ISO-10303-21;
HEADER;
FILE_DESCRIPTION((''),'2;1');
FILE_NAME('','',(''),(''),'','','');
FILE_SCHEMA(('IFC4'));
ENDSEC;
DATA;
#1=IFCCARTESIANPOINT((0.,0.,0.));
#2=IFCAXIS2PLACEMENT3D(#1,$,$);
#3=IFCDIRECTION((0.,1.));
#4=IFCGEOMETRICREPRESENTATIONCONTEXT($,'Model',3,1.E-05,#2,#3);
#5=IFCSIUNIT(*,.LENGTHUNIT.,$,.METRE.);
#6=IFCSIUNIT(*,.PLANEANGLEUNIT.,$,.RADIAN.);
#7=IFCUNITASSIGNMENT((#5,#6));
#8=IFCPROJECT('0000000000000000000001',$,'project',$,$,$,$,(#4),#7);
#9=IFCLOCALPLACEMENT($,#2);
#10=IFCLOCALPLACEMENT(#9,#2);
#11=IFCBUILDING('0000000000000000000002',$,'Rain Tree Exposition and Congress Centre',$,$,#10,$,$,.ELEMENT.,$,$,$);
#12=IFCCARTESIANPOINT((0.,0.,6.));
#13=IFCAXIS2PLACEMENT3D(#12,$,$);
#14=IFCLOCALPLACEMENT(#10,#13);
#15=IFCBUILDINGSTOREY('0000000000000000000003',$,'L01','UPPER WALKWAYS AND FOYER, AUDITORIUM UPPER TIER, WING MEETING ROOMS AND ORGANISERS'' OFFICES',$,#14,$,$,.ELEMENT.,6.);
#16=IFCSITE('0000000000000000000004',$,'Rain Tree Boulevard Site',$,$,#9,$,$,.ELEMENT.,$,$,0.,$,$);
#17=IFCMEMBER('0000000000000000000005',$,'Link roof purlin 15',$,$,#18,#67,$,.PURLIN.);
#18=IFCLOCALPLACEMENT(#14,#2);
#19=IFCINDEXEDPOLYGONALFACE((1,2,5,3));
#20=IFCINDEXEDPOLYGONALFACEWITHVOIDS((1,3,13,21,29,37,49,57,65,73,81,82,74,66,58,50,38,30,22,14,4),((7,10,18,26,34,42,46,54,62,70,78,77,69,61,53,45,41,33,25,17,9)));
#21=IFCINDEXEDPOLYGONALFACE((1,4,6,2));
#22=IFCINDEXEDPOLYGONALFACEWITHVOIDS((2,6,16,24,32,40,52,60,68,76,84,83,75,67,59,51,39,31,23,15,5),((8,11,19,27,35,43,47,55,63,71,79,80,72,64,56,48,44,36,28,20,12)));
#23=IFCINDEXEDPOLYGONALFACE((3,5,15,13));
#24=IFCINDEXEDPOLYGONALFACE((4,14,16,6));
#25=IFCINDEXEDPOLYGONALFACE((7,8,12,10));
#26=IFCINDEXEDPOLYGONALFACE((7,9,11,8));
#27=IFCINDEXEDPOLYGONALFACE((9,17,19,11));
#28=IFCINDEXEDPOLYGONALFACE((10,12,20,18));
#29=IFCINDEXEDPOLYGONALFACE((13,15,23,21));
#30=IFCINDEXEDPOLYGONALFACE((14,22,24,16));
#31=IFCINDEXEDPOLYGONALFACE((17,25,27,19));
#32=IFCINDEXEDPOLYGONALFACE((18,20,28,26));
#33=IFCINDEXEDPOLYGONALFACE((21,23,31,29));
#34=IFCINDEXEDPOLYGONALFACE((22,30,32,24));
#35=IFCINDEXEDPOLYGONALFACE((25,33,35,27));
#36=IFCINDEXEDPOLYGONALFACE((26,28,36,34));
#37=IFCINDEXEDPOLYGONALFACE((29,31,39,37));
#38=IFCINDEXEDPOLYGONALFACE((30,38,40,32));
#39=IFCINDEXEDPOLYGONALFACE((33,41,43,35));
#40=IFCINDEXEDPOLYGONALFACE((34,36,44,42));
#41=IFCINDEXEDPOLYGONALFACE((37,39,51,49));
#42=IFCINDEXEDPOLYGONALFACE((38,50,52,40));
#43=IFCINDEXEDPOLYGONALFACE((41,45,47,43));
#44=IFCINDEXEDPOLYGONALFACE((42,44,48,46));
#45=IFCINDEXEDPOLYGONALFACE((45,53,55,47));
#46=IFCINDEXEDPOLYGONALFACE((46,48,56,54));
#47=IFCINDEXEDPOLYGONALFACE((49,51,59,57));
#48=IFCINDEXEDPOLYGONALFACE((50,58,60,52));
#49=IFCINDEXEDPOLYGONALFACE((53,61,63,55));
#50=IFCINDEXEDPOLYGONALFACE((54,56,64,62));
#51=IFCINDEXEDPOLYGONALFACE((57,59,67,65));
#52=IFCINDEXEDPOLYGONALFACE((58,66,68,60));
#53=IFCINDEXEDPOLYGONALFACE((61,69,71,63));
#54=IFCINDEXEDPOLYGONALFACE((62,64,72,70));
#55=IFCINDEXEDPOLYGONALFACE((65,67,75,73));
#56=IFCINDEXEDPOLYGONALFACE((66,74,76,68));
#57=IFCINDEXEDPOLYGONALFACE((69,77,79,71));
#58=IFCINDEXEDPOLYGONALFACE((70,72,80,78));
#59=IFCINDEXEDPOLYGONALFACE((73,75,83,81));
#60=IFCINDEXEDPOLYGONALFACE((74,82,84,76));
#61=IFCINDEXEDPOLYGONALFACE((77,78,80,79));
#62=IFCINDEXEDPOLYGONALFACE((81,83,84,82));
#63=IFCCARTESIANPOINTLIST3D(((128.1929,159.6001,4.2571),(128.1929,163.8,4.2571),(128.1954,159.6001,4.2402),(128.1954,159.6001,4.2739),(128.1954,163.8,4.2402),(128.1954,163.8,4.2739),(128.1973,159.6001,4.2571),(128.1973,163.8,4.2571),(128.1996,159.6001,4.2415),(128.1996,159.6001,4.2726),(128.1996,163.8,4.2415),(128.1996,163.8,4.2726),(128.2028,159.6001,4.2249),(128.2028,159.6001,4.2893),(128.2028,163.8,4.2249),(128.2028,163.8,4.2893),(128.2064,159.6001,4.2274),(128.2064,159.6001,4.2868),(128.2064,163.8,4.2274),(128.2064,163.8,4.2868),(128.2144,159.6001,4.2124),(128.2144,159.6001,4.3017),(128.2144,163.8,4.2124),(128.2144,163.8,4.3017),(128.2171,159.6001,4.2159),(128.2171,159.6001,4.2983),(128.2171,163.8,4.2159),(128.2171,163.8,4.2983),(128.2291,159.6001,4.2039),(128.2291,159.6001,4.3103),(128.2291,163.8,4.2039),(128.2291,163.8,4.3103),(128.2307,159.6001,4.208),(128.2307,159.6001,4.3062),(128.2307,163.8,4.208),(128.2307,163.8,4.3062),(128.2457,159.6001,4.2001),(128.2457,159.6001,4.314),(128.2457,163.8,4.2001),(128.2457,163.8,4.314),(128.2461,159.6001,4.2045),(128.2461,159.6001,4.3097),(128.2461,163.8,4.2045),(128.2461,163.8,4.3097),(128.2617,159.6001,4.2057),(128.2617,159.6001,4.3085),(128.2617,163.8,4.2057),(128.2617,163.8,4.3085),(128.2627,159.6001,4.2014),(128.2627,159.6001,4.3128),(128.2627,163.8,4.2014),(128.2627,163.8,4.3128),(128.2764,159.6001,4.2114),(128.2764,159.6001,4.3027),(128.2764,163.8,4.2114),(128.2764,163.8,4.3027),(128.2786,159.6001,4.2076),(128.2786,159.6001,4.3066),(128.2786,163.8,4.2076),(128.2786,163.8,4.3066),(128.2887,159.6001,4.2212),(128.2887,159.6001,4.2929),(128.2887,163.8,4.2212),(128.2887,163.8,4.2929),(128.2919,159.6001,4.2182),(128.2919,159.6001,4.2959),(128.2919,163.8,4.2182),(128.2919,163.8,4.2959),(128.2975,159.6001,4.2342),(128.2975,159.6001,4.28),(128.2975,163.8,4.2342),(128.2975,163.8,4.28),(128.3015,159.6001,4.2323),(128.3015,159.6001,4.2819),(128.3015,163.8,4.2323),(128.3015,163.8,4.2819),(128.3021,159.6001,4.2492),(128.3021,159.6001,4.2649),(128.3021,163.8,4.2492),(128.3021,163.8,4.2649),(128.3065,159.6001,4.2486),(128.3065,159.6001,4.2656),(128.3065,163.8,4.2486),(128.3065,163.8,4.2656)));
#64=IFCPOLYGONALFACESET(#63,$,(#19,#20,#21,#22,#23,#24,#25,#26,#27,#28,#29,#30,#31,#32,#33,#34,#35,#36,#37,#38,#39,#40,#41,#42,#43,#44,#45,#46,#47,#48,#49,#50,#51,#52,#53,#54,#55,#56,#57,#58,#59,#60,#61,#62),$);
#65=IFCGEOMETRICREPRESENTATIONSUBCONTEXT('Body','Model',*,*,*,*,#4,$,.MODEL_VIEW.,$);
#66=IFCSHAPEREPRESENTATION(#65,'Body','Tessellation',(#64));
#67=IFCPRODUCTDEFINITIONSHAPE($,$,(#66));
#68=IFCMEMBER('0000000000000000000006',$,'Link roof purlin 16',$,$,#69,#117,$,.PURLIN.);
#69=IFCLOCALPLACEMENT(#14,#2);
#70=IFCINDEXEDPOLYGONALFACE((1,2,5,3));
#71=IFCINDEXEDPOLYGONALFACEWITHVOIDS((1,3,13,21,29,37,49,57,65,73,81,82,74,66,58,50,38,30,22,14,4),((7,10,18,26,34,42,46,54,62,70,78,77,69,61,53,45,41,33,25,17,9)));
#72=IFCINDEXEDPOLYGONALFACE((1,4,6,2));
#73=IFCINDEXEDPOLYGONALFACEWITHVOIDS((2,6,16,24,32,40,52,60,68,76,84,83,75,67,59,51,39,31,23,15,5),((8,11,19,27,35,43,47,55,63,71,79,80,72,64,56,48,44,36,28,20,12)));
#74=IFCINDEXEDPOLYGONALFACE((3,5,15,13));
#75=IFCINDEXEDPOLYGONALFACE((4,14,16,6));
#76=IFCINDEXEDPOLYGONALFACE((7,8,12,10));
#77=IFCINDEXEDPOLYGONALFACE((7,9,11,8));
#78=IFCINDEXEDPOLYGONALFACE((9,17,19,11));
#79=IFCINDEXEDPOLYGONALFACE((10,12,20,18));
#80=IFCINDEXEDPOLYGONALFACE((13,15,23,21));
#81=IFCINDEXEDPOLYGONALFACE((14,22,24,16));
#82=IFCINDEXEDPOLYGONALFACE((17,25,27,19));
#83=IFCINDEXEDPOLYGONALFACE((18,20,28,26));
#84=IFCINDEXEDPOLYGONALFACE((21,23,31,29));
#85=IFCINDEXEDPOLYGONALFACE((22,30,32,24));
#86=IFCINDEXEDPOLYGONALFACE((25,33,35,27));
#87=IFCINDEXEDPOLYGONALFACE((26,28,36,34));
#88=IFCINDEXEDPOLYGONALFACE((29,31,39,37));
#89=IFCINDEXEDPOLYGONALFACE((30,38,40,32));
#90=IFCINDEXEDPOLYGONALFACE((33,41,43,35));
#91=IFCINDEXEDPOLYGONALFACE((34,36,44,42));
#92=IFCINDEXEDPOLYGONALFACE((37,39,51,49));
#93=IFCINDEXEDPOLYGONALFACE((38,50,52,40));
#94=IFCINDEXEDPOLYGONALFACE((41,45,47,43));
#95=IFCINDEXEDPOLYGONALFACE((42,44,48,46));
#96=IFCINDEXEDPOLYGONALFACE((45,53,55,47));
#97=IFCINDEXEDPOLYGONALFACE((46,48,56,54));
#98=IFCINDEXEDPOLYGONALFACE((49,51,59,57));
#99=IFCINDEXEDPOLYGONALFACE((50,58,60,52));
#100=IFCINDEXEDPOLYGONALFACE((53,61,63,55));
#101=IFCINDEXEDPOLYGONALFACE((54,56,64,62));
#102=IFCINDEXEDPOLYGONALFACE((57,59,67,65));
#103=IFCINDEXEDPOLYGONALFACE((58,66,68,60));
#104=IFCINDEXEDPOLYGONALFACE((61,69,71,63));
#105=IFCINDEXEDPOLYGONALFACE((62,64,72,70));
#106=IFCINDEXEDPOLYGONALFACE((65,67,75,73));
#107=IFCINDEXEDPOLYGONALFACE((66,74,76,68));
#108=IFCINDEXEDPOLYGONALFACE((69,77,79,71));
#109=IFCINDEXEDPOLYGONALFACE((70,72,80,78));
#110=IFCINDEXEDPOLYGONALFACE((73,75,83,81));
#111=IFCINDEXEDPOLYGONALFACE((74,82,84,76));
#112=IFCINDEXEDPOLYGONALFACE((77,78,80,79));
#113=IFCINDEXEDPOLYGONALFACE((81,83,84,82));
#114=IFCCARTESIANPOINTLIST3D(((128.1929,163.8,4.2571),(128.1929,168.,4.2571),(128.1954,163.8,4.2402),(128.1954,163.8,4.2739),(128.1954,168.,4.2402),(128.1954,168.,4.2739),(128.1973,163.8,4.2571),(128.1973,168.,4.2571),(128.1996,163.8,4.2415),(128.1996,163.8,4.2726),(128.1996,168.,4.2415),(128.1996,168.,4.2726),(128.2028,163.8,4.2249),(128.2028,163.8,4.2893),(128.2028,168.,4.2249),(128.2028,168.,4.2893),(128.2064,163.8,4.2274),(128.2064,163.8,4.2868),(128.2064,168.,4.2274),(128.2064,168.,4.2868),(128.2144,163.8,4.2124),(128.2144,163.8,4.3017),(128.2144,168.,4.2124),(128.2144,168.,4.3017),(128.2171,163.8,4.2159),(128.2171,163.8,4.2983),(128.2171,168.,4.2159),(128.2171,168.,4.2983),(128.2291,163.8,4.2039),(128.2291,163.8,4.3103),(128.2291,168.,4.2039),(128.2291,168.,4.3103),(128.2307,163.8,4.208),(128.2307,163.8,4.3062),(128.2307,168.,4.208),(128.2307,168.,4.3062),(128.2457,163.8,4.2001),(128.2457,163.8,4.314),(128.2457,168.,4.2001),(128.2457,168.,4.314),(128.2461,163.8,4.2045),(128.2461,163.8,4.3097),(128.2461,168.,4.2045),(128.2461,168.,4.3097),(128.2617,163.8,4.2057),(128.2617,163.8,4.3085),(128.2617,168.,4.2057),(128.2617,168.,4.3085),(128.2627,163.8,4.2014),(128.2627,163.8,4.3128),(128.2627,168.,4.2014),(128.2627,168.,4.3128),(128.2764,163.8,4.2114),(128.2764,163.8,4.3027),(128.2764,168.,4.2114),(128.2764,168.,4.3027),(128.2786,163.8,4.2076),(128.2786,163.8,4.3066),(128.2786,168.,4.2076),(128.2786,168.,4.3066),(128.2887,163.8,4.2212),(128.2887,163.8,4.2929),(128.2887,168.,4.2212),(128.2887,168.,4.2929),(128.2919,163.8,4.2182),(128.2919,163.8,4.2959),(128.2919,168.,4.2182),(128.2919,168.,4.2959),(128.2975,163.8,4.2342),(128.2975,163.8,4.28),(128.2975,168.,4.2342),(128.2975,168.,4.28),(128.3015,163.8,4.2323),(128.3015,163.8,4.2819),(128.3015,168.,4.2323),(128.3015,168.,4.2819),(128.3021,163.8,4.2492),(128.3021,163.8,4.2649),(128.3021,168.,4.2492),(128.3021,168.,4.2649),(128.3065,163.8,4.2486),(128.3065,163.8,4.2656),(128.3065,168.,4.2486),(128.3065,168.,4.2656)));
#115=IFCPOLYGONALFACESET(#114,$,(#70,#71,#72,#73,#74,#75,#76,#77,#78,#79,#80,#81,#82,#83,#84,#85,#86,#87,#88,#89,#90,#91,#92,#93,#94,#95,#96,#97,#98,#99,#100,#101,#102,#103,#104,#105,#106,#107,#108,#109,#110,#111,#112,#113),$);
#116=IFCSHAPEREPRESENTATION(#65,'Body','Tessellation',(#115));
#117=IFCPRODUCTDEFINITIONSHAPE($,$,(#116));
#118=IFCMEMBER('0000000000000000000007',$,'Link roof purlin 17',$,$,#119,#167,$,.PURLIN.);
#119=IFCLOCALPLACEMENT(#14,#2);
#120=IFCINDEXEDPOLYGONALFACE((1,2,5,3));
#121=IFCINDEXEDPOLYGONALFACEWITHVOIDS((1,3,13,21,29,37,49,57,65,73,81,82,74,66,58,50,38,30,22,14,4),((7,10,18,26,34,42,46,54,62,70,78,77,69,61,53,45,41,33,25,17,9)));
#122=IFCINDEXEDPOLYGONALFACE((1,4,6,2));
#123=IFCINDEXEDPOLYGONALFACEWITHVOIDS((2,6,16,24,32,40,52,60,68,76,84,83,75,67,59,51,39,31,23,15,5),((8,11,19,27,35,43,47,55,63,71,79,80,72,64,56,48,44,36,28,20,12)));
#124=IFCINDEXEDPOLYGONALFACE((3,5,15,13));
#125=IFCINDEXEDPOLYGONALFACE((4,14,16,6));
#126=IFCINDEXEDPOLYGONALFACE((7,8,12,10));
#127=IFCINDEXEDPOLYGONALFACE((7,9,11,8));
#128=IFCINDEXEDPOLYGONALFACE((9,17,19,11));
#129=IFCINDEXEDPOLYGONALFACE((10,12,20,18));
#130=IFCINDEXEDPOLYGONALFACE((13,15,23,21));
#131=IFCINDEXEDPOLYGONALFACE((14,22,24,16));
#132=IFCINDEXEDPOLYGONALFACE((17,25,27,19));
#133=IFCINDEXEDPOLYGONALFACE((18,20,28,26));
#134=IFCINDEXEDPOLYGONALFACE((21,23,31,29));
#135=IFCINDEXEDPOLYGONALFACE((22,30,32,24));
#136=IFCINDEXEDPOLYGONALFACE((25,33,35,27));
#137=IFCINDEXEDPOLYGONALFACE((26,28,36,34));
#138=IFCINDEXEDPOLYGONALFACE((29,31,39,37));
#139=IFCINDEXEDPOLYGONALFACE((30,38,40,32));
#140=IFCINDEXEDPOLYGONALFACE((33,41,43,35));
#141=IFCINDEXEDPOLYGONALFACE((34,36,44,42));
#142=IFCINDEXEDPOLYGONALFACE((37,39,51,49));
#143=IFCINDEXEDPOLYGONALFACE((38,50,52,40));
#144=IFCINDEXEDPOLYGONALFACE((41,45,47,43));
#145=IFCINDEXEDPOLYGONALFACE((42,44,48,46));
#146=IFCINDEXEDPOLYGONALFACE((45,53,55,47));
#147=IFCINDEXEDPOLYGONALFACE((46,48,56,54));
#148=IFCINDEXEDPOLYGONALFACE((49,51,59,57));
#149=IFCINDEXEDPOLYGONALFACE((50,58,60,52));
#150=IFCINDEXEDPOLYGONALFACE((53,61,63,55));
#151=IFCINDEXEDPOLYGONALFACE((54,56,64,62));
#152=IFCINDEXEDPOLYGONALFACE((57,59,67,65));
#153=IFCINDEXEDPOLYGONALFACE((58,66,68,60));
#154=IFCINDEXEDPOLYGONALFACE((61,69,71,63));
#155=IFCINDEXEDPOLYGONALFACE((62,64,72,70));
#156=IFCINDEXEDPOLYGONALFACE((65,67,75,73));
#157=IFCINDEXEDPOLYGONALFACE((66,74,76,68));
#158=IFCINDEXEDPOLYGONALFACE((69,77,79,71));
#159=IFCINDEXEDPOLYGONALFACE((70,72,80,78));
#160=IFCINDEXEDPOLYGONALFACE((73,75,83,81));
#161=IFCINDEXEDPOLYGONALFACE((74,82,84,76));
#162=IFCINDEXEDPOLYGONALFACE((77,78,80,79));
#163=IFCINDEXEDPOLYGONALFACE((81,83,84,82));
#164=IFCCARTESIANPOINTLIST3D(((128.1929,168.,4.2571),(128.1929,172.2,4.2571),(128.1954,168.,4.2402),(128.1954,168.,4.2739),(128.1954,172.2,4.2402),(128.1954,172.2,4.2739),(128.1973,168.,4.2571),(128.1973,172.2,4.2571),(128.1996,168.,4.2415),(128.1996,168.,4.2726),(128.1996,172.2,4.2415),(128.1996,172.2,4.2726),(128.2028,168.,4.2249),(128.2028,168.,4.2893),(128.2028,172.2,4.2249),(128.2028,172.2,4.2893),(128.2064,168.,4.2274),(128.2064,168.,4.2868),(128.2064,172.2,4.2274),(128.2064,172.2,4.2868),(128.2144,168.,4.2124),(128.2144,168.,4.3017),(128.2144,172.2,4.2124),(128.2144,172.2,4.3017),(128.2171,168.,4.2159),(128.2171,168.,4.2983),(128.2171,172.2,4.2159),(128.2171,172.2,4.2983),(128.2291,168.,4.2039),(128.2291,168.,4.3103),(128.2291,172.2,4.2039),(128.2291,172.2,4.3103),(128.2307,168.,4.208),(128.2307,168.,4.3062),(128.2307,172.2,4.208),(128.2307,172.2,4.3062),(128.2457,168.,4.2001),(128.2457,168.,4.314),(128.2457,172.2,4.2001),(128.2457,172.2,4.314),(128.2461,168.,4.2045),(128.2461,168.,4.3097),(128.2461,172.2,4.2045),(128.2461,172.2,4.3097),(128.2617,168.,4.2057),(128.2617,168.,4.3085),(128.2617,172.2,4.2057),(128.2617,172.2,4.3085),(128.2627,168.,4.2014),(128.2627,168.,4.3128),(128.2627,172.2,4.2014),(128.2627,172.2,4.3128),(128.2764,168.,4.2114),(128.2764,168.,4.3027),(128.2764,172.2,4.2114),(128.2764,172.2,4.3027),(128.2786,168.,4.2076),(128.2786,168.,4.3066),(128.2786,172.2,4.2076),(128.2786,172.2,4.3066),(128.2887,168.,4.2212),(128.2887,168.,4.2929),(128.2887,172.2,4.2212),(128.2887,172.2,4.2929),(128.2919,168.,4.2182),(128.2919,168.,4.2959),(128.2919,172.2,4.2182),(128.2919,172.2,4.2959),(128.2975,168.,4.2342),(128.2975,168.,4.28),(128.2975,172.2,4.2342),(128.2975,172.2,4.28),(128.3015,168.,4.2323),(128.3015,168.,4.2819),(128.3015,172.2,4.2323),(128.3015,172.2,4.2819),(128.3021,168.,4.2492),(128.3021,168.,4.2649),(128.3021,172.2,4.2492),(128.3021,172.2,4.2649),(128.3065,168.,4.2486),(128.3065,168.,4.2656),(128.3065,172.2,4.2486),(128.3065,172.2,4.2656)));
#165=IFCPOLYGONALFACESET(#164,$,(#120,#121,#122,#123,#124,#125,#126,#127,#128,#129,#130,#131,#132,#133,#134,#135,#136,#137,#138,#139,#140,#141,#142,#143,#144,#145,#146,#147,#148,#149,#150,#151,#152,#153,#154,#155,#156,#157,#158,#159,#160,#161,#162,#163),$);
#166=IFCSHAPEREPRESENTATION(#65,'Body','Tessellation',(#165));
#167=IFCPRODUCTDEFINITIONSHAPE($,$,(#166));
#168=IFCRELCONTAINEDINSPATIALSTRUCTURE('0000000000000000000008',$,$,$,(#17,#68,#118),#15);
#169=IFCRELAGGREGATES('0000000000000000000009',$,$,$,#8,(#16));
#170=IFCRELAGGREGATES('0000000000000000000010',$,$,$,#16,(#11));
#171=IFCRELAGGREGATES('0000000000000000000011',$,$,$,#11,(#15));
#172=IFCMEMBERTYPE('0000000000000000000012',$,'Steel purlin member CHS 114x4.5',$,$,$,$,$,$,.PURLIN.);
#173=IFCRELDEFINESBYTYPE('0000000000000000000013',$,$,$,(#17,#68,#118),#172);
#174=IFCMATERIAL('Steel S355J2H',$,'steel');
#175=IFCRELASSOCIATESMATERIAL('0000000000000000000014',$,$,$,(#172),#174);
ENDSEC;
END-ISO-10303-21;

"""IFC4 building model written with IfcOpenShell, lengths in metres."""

from ifc_helpers import new_model, si_unit, direction, frame, origin, origin_2d, place, context, subcontext, project, spatial, hollow_circle, extrude, material, material_profile, profile_set, type_object, element, save


model = new_model("IFC4")

# Units and contexts
model_context = context("Model", 3, precision=1e-05, world=origin(), true_north=direction((0.0, 1.0)))
body_context = subcontext(model_context, "Body", "Model", "MODEL_VIEW")
ifc_project = project(units=[si_unit("LENGTHUNIT", "METRE"), si_unit("PLANEANGLEUNIT", "RADIAN")], contexts=[model_context])

# Site, building, storey
site_placement = place(None, origin())
site = spatial("IfcSite", under=ifc_project, at=site_placement, Name="Rain Tree Boulevard Site", CompositionType="ELEMENT", RefElevation=0.0)
building_placement = place(site_placement, origin())
building = spatial("IfcBuilding", under=site, at=building_placement, Name="Rain Tree Exposition and Congress Centre", CompositionType="ELEMENT")
storey_placement = place(building_placement, frame((0.0, 0.0, 6.0)))
storey = spatial("IfcBuildingStorey", under=building, at=storey_placement, Name="L01", Description="UPPER WALKWAYS AND FOYER, AUDITORIUM UPPER TIER, WING MEETING ROOMS AND ORGANISERS' OFFICES", CompositionType="ELEMENT", Elevation=6.0)

# Members
ifc_material_1 = material(Name="Steel S355J2H", Category="steel")
ifc_material_profile_1 = material_profile(ifc_material_1, hollow_circle(Radius=0.0571, WallThickness=0.0044, at=origin_2d()), Name="CHS 114x4.5")
ifc_profile_set_1 = profile_set([ifc_material_profile_1], Name="Steel S355J2H")
member_type = type_object("IfcMemberType", Name="Steel purlin member CHS 114x4.5", PredefinedType="PURLIN", material=ifc_profile_set_1)
for number, where, z_axis, x_axis, name in (
    (1, (128.25, 159.6001, 4.2571), (0.0, 1.0, 0.0), (-1.0, 0.0, 0.0), "Link roof purlin 15"),
    (2, (128.25, 163.8, 4.2571), (0.0, 1.0, 0.0), (-1.0, 0.0, 0.0), "Link roof purlin 16"),
    (3, (128.25, 168.0, 4.2571), (0.0, 1.0, 0.0), (-1.0, 0.0, 0.0), "Link roof purlin 17"),
):
    element("IfcMember", number, at=place(storey_placement, frame(where, z_axis=z_axis, x_axis=x_axis)), inside=storey, type_object=member_type, Name=name, PredefinedType="PURLIN", context=body_context, shape_type="SweptSolid", body=[
        extrude(hollow_circle(Radius=0.0571, WallThickness=0.0044, at=origin_2d()), origin(), (0.0, 0.0, 1.0), 4.2),
    ])

save(model, "model.ifc")
